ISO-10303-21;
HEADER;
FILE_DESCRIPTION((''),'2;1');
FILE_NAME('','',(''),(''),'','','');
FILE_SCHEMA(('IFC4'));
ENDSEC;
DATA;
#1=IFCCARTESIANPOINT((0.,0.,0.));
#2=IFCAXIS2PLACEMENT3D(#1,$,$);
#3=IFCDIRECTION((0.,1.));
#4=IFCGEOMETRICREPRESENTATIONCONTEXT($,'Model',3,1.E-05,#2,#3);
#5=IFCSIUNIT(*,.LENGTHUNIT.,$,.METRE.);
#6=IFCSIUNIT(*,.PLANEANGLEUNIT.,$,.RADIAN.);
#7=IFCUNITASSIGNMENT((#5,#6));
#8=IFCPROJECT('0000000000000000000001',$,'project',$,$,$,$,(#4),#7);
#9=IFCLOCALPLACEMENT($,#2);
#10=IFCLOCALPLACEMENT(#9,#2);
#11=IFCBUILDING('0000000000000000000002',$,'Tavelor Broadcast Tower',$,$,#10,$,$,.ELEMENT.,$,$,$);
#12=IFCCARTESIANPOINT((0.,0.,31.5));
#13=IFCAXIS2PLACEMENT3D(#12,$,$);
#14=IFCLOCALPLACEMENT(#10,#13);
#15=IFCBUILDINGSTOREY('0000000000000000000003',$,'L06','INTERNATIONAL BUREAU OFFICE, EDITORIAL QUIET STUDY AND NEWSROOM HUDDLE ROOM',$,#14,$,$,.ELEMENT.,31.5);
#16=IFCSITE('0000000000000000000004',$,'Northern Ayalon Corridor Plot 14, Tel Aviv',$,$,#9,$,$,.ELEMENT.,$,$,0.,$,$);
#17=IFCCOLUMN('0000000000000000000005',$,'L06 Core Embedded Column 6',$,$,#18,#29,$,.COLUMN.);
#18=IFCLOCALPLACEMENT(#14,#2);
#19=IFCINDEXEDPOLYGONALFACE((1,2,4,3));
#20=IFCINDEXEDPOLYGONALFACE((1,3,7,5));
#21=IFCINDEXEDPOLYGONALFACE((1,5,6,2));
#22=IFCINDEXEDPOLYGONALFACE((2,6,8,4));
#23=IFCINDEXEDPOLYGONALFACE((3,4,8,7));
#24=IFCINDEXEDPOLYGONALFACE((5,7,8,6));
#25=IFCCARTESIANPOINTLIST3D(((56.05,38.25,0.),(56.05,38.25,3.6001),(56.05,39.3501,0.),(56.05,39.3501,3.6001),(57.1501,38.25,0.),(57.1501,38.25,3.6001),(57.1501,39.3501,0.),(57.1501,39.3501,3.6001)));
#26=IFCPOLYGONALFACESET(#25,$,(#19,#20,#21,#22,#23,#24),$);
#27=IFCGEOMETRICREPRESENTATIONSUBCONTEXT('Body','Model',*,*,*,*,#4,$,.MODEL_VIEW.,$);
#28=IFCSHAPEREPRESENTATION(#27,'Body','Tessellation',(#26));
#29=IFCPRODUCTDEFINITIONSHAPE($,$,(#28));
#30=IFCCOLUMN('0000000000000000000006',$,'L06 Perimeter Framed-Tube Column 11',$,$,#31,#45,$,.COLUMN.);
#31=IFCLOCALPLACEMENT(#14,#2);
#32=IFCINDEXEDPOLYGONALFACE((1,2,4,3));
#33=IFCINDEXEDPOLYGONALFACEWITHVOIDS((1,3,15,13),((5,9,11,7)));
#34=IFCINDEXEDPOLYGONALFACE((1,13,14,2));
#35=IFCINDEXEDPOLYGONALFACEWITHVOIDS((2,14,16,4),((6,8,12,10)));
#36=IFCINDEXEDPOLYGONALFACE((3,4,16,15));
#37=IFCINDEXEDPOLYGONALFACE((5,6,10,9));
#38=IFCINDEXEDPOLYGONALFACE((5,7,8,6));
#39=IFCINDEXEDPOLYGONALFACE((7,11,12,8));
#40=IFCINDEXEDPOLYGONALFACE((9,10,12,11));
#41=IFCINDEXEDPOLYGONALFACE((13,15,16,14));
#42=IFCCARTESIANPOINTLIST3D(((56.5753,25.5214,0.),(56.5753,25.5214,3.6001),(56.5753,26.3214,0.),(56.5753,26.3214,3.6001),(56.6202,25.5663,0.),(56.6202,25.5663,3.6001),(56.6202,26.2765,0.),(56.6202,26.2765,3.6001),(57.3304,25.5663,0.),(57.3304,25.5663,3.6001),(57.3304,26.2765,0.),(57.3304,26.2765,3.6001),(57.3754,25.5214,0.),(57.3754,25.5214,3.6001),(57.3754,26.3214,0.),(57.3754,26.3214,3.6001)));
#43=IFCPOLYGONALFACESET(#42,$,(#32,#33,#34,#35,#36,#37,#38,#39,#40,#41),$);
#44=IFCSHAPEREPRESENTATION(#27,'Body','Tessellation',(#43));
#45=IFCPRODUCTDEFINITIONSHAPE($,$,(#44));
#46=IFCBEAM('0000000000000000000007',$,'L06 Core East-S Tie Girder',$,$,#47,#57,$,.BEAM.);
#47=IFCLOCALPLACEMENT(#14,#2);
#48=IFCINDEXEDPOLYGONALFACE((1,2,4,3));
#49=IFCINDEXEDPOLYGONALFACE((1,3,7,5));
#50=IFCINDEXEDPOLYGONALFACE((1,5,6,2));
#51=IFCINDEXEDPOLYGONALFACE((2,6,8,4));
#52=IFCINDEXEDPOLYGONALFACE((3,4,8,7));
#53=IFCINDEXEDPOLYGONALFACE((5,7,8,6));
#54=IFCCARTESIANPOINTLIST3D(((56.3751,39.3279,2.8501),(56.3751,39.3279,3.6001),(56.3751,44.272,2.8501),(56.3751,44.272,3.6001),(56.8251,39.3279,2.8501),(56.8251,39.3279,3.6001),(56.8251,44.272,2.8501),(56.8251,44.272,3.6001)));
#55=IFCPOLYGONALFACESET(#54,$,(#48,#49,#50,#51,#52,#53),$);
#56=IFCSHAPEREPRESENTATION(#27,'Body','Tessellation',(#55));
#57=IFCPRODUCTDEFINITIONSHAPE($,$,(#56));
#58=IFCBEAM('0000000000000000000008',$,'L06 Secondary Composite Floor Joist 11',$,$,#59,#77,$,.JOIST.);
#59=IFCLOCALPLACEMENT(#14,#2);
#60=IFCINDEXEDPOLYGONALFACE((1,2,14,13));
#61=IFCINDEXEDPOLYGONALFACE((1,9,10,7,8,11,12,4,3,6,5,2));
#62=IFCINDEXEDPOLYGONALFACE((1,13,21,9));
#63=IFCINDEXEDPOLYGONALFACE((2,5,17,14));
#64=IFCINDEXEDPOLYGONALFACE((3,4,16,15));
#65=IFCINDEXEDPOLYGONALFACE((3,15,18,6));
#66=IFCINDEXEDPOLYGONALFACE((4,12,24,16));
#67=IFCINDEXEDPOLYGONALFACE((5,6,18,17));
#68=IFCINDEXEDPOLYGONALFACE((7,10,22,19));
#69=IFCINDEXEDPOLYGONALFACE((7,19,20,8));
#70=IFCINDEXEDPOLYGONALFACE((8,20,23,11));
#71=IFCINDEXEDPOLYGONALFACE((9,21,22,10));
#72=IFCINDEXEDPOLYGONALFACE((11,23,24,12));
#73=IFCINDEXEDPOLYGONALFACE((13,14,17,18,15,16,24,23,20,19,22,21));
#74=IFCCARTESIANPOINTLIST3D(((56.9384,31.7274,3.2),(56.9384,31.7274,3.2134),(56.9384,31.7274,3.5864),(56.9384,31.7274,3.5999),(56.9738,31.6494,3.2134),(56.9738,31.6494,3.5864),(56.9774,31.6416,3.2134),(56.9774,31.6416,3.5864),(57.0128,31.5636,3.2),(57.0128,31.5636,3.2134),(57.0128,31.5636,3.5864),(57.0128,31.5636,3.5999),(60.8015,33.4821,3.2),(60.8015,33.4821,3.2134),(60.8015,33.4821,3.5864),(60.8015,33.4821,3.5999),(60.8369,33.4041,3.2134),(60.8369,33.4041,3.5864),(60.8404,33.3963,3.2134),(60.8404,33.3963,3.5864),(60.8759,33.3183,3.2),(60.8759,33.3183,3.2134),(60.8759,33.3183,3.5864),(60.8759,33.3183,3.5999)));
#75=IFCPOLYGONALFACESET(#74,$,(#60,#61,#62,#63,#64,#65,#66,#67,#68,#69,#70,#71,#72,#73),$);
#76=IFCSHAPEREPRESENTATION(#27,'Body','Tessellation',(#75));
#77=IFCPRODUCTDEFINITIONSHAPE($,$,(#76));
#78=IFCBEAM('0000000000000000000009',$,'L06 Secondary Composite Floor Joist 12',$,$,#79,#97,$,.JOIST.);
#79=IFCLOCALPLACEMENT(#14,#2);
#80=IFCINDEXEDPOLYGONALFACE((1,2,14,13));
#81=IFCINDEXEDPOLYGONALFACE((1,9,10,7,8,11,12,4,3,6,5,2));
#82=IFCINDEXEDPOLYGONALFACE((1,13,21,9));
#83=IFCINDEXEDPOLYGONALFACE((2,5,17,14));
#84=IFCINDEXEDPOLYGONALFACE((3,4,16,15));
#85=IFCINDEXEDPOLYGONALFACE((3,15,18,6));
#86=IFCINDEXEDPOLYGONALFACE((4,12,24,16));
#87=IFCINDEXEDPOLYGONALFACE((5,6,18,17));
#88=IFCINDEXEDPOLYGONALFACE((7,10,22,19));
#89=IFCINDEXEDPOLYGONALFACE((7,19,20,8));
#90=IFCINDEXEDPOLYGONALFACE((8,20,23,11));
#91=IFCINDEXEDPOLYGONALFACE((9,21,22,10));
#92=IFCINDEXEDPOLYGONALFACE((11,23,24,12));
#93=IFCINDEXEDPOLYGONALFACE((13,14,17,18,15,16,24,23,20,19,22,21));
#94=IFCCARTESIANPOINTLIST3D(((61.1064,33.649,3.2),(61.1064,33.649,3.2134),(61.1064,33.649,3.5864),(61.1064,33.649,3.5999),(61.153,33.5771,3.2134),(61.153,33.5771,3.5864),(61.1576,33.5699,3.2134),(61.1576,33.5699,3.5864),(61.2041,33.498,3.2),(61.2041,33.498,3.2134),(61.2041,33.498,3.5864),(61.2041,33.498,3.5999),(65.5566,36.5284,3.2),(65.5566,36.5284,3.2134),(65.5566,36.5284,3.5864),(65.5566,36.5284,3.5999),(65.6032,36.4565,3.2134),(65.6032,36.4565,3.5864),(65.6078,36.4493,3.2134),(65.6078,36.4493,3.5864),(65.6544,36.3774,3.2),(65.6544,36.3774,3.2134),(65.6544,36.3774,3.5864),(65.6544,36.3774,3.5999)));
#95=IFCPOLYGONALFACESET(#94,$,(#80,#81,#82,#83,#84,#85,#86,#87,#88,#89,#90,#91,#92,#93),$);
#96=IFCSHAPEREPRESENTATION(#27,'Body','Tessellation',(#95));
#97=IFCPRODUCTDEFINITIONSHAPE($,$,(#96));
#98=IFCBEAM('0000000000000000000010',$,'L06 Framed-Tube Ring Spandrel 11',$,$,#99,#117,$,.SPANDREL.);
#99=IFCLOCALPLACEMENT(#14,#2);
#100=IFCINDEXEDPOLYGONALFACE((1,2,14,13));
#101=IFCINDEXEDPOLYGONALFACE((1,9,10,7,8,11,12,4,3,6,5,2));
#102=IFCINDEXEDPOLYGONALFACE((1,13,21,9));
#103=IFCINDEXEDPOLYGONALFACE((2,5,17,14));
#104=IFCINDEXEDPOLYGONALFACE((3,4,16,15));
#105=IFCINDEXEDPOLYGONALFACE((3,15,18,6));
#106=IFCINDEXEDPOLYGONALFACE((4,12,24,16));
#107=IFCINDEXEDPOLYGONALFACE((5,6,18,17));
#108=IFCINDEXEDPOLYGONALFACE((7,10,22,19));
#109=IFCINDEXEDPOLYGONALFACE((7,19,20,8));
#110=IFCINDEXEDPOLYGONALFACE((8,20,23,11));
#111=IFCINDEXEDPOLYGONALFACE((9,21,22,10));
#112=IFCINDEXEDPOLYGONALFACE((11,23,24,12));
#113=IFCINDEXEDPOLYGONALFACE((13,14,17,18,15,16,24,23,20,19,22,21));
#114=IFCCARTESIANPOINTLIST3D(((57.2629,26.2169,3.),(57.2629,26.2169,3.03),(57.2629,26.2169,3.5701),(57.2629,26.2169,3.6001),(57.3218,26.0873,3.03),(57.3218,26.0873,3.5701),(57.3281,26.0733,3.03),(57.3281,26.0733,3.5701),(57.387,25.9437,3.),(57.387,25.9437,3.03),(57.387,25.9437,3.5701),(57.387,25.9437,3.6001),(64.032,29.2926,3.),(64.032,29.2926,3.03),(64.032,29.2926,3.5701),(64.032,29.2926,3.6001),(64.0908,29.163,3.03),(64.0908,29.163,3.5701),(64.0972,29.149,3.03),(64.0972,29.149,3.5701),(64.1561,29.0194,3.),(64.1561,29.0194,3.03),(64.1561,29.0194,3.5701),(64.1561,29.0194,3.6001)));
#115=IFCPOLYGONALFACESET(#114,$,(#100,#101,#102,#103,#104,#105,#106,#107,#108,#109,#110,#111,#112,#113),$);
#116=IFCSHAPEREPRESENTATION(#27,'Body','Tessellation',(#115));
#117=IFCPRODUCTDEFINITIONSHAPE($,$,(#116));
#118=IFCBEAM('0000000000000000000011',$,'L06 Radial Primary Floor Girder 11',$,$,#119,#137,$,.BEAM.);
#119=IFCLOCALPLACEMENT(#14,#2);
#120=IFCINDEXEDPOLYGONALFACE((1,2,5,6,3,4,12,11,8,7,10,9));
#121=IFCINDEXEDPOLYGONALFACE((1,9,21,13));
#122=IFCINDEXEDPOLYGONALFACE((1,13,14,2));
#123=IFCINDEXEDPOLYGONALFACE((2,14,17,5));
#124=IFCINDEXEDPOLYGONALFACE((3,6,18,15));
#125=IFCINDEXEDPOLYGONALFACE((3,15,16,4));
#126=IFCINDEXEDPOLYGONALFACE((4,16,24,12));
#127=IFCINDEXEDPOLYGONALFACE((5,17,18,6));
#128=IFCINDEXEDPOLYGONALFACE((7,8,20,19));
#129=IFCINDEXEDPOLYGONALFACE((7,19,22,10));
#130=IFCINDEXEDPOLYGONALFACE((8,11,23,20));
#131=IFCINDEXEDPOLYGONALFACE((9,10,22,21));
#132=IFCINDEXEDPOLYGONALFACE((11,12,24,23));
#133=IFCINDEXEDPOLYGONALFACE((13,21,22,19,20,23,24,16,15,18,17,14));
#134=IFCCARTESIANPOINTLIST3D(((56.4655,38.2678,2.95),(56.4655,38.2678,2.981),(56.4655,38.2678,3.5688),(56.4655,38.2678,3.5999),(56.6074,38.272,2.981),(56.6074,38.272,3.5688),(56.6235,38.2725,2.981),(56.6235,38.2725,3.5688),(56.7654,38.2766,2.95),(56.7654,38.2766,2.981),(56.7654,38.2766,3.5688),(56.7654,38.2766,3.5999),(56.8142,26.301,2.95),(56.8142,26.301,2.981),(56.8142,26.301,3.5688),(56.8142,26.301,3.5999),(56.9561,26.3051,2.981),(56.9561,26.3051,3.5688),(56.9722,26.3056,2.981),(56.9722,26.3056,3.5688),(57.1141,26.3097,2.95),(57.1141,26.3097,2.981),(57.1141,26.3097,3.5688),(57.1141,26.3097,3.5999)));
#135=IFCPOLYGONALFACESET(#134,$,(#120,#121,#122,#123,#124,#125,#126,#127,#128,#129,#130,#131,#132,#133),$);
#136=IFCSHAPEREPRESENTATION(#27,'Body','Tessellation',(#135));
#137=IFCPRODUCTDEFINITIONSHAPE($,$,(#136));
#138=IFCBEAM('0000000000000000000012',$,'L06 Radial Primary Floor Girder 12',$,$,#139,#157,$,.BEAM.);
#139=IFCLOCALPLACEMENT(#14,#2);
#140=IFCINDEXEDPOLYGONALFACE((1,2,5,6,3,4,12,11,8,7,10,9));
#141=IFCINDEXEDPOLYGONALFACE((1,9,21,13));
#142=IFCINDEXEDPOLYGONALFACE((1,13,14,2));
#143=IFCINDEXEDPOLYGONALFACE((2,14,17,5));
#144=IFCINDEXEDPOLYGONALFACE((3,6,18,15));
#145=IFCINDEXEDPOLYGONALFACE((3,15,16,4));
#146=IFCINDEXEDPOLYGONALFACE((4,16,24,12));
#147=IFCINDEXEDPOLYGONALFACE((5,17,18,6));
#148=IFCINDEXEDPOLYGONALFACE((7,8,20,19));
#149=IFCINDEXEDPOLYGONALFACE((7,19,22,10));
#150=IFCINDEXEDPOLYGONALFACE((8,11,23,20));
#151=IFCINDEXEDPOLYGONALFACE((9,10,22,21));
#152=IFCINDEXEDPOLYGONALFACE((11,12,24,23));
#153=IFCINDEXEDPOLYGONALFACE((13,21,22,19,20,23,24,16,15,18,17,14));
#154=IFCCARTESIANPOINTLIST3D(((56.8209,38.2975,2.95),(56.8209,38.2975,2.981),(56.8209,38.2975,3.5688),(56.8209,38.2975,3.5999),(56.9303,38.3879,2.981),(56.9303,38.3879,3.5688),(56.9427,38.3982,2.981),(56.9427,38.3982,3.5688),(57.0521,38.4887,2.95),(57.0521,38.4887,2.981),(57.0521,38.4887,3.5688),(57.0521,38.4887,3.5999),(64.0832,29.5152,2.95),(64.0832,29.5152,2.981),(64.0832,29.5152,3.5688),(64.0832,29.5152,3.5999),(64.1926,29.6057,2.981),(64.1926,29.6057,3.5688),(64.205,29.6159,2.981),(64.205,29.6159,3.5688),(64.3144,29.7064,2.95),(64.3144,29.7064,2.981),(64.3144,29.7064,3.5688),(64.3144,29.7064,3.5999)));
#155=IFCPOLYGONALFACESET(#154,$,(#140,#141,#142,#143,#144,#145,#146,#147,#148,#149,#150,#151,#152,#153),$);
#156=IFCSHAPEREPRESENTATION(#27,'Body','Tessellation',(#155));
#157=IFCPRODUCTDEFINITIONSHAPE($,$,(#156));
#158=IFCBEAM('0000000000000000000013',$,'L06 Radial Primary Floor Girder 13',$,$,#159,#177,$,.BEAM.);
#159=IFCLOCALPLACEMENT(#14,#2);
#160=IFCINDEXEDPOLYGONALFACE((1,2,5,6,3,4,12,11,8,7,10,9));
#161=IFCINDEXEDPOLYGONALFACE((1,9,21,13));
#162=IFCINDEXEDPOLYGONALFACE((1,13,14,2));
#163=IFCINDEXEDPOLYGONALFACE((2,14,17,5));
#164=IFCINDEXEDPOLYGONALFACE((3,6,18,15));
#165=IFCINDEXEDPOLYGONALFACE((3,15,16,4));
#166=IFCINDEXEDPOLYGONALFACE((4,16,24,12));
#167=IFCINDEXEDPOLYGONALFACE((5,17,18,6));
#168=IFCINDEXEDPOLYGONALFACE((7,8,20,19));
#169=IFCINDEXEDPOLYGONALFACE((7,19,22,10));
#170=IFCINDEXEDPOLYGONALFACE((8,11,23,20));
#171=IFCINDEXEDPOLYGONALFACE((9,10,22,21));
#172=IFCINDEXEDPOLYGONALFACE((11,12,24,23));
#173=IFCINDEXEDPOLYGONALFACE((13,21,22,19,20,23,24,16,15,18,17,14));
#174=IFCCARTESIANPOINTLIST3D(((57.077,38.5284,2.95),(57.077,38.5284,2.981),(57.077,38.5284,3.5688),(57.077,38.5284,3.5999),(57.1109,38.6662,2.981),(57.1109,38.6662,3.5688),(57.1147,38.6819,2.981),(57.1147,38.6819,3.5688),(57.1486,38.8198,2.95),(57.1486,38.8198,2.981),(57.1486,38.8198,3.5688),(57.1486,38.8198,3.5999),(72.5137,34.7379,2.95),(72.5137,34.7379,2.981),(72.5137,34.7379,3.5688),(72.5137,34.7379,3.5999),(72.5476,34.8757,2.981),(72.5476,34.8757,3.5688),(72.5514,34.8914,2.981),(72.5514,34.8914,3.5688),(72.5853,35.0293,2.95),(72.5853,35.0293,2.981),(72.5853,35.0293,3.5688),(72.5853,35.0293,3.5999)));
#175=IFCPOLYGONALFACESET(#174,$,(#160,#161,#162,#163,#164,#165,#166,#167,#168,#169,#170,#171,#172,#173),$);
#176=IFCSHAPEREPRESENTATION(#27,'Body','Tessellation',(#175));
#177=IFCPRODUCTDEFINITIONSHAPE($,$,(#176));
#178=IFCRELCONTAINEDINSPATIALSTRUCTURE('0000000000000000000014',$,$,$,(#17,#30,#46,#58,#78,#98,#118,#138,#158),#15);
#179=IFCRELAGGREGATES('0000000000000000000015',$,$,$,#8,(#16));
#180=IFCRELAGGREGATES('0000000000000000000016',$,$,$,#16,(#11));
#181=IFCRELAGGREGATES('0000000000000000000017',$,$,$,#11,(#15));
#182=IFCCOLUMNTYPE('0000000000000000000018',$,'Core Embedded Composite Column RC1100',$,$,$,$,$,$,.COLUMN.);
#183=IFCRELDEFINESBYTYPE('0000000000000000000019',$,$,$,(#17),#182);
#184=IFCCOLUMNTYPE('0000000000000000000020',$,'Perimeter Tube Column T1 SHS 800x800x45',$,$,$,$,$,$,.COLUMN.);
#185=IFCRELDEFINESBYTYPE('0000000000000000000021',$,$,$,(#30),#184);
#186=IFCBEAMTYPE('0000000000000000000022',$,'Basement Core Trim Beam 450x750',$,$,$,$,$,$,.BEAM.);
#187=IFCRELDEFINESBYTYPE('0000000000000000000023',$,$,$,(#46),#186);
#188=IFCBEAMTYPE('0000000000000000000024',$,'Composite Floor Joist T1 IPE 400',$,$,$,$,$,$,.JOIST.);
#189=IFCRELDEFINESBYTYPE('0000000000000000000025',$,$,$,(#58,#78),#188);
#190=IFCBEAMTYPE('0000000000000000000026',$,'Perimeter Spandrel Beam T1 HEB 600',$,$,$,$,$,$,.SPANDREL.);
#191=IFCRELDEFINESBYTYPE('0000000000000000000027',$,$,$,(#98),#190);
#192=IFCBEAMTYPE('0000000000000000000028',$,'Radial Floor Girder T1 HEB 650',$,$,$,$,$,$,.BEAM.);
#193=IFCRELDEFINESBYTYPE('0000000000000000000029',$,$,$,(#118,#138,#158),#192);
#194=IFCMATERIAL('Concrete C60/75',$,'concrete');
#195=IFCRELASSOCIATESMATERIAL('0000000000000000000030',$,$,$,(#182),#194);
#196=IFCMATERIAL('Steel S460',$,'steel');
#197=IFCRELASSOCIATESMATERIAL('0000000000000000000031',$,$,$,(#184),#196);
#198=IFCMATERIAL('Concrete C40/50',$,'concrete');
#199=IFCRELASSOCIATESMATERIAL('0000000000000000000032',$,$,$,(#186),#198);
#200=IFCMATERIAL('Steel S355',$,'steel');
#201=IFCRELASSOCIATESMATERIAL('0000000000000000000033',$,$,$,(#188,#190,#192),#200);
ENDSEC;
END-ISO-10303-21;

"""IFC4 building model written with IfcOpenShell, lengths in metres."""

from ifc_helpers import new_model, si_unit, direction, frame, origin, origin_2d, place, context, subcontext, project, spatial, rectangle, hollow_rectangle, i_section, extrude, material, material_profile, profile_set, type_object, element, save


model = new_model("IFC4")

# Units and contexts
model_context = context("Model", 3, precision=1e-05, world=origin(), true_north=direction((0.0, 1.0)))
body_context = subcontext(model_context, "Body", "Model", "MODEL_VIEW")
ifc_project = project(units=[si_unit("LENGTHUNIT", "METRE"), si_unit("PLANEANGLEUNIT", "RADIAN")], contexts=[model_context])

# Site, building, storey
site_placement = place(None, origin())
site = spatial("IfcSite", under=ifc_project, at=site_placement, Name="Northern Ayalon Corridor Plot 14, Tel Aviv", CompositionType="ELEMENT", RefElevation=0.0)
building_placement = place(site_placement, origin())
building = spatial("IfcBuilding", under=site, at=building_placement, Name="Tavelor Broadcast Tower", CompositionType="ELEMENT")
storey_placement = place(building_placement, frame((0.0, 0.0, 31.5)))
storey = spatial("IfcBuildingStorey", under=building, at=storey_placement, Name="L06", Description="INTERNATIONAL BUREAU OFFICE, EDITORIAL QUIET STUDY AND NEWSROOM HUDDLE ROOM", CompositionType="ELEMENT", Elevation=31.5)

# Columns
ifc_material_1 = material(Name="Concrete C60/75", Category="concrete")
ifc_material_profile_1 = material_profile(ifc_material_1, rectangle(XDim=1.1001, YDim=1.1001, at=origin_2d()), Name="RC 1100x1100")
ifc_profile_set_1 = profile_set([ifc_material_profile_1], Name="Concrete C60/75")
column_type_1 = type_object("IfcColumnType", Name="Core Embedded Composite Column RC1100", PredefinedType="COLUMN", material=ifc_profile_set_1)
column_1_placement = place(storey_placement, frame((56.6001, 38.8, 0.0), z_axis=(0.0, 0.0, 1.0), x_axis=(1.0, 0.0, 0.0)))
element("IfcColumn", 1, at=column_1_placement, inside=storey, type_object=column_type_1, Name="L06 Core Embedded Column 6", PredefinedType="COLUMN", context=body_context, shape_type="SweptSolid", body=[
    extrude(rectangle(XDim=1.1001, YDim=1.1001, at=origin_2d()), origin(), (0.0, 0.0, 1.0), 3.6001),
])
ifc_material_2 = material(Name="Steel S460", Category="steel")
ifc_material_profile_2 = material_profile(ifc_material_2, hollow_rectangle(XDim=0.8, YDim=0.8, WallThickness=0.0449, at=origin_2d()), Name="SHS 800x800x45")
ifc_profile_set_2 = profile_set([ifc_material_profile_2], Name="Steel S460")
column_type_2 = type_object("IfcColumnType", Name="Perimeter Tube Column T1 SHS 800x800x45", PredefinedType="COLUMN", material=ifc_profile_set_2)
column_2_placement = place(storey_placement, frame((56.9753, 25.9214, 0.0), z_axis=(0.0, 0.0, 1.0), x_axis=(1.0, 0.0, 0.0)))
element("IfcColumn", 2, at=column_2_placement, inside=storey, type_object=column_type_2, Name="L06 Perimeter Framed-Tube Column 11", PredefinedType="COLUMN", context=body_context, shape_type="SweptSolid", body=[
    extrude(hollow_rectangle(XDim=0.8, YDim=0.8, WallThickness=0.0449, at=origin_2d()), origin(), (0.0, 0.0, 1.0), 3.6001),
])

# Beams
ifc_material_3 = material(Name="Concrete C40/50", Category="concrete")
ifc_material_profile_3 = material_profile(ifc_material_3, rectangle(XDim=0.45, YDim=0.75, at=origin_2d()), Name="RC 450x750")
ifc_profile_set_3 = profile_set([ifc_material_profile_3], Name="Concrete C40/50")
beam_type_1 = type_object("IfcBeamType", Name="Basement Core Trim Beam 450x750", PredefinedType="BEAM", material=ifc_profile_set_3)
beam_1_placement = place(storey_placement, frame((56.6001, 39.3279, 3.2251), z_axis=(0.0, 1.0, 0.0), x_axis=(-1.0, 0.0, 0.0)))
element("IfcBeam", 3, at=beam_1_placement, inside=storey, type_object=beam_type_1, Name="L06 Core East-S Tie Girder", PredefinedType="BEAM", context=body_context, shape_type="SweptSolid", body=[
    extrude(rectangle(XDim=0.45, YDim=0.75, at=origin_2d()), origin(), (0.0, 0.0, 1.0), 4.9441),
])
ifc_material_4 = material(Name="Steel S355", Category="steel")
ifc_material_profile_4 = material_profile(ifc_material_4, i_section(OverallWidth=0.1799, OverallDepth=0.3999, WebThickness=0.0085, FlangeThickness=0.0134, at=origin_2d()), Name="IPE 400")
ifc_profile_set_4 = profile_set([ifc_material_profile_4], Name="Steel S355")
beam_type_2 = type_object("IfcBeamType", Name="Composite Floor Joist T1 IPE 400", PredefinedType="JOIST", material=ifc_profile_set_4)
beam_2_placement = place(storey_placement, frame((56.9756, 31.6455, 3.3999), z_axis=(0.910481, 0.413551, 0.0), x_axis=(-0.413551, 0.910481, 0.0)))
element("IfcBeam", 4, at=beam_2_placement, inside=storey, type_object=beam_type_2, Name="L06 Secondary Composite Floor Joist 11", PredefinedType="JOIST", context=body_context, shape_type="SweptSolid", body=[
    extrude(i_section(OverallWidth=0.1799, OverallDepth=0.3999, WebThickness=0.0085, FlangeThickness=0.0134, at=origin_2d()), origin(), (0.0, 0.0, 1.0), 4.2429),
])
beam_3_placement = place(storey_placement, frame((61.1553, 33.5735, 3.3999), z_axis=(0.839583, 0.543232, 0.0), x_axis=(-0.543232, 0.839583, 0.0)))
element("IfcBeam", 5, at=beam_3_placement, inside=storey, type_object=beam_type_2, Name="L06 Secondary Composite Floor Joist 12", PredefinedType="JOIST", context=body_context, shape_type="SweptSolid", body=[
    extrude(i_section(OverallWidth=0.1799, OverallDepth=0.3999, WebThickness=0.0085, FlangeThickness=0.0134, at=origin_2d()), origin(), (0.0, 0.0, 1.0), 5.3005),
])
ifc_material_profile_5 = material_profile(ifc_material_4, i_section(OverallWidth=0.3, OverallDepth=0.6001, WebThickness=0.0154, FlangeThickness=0.03, at=origin_2d()), Name="HEB 600")
ifc_profile_set_5 = profile_set([ifc_material_profile_5], Name="Steel S355")
beam_type_3 = type_object("IfcBeamType", Name="Perimeter Spandrel Beam T1 HEB 600", PredefinedType="SPANDREL", material=ifc_profile_set_5)
beam_4_placement = place(storey_placement, frame((57.325, 26.0803, 3.3), z_axis=(0.910425, 0.413674, 0.0), x_axis=(-0.413674, 0.910425, 0.0)))
element("IfcBeam", 6, at=beam_4_placement, inside=storey, type_object=beam_type_3, Name="L06 Framed-Tube Ring Spandrel 11", PredefinedType="SPANDREL", context=body_context, shape_type="SweptSolid", body=[
    extrude(i_section(OverallWidth=0.3, OverallDepth=0.6001, WebThickness=0.0154, FlangeThickness=0.03, at=origin_2d()), origin(), (0.0, 0.0, 1.0), 7.4351),
])
ifc_material_profile_6 = material_profile(ifc_material_4, i_section(OverallWidth=0.3, OverallDepth=0.6499, WebThickness=0.0161, FlangeThickness=0.031, at=origin_2d()), Name="HEB 650")
ifc_profile_set_6 = profile_set([ifc_material_profile_6], Name="Steel S355")
beam_type_4 = type_object("IfcBeamType", Name="Radial Floor Girder T1 HEB 650", PredefinedType="BEAM", material=ifc_profile_set_6)
beam_5_placement = place(storey_placement, frame((56.6155, 38.2722, 3.2749), z_axis=(0.029121, -0.999576, 0.0), x_axis=(0.999576, 0.029121, 0.0)))
element("IfcBeam", 7, at=beam_5_placement, inside=storey, type_object=beam_type_4, Name="L06 Radial Primary Floor Girder 11", PredefinedType="BEAM", context=body_context, shape_type="SweptSolid", body=[
    extrude(i_section(OverallWidth=0.3, OverallDepth=0.6499, WebThickness=0.0161, FlangeThickness=0.031, at=origin_2d()), origin(), (0.0, 0.0, 1.0), 11.9719),
])
beam_6_placement = place(storey_placement, frame((56.9365, 38.3931, 3.2749), z_axis=(0.637263, -0.770646, 0.0), x_axis=(0.770646, 0.637263, 0.0)))
element("IfcBeam", 8, at=beam_6_placement, inside=storey, type_object=beam_type_4, Name="L06 Radial Primary Floor Girder 12", PredefinedType="BEAM", context=body_context, shape_type="SweptSolid", body=[
    extrude(i_section(OverallWidth=0.3, OverallDepth=0.6499, WebThickness=0.0161, FlangeThickness=0.031, at=origin_2d()), origin(), (0.0, 0.0, 1.0), 11.396),
])
beam_7_placement = place(storey_placement, frame((57.1128, 38.6741, 3.2749), z_axis=(0.97115, -0.238468, 0.0), x_axis=(0.238468, 0.97115, 0.0)))
element("IfcBeam", 9, at=beam_7_placement, inside=storey, type_object=beam_type_4, Name="L06 Radial Primary Floor Girder 13", PredefinedType="BEAM", context=body_context, shape_type="SweptSolid", body=[
    extrude(i_section(OverallWidth=0.3, OverallDepth=0.6499, WebThickness=0.0161, FlangeThickness=0.031, at=origin_2d()), origin(), (0.0, 0.0, 1.0), 15.8953),
])

save(model, "model.ifc")
